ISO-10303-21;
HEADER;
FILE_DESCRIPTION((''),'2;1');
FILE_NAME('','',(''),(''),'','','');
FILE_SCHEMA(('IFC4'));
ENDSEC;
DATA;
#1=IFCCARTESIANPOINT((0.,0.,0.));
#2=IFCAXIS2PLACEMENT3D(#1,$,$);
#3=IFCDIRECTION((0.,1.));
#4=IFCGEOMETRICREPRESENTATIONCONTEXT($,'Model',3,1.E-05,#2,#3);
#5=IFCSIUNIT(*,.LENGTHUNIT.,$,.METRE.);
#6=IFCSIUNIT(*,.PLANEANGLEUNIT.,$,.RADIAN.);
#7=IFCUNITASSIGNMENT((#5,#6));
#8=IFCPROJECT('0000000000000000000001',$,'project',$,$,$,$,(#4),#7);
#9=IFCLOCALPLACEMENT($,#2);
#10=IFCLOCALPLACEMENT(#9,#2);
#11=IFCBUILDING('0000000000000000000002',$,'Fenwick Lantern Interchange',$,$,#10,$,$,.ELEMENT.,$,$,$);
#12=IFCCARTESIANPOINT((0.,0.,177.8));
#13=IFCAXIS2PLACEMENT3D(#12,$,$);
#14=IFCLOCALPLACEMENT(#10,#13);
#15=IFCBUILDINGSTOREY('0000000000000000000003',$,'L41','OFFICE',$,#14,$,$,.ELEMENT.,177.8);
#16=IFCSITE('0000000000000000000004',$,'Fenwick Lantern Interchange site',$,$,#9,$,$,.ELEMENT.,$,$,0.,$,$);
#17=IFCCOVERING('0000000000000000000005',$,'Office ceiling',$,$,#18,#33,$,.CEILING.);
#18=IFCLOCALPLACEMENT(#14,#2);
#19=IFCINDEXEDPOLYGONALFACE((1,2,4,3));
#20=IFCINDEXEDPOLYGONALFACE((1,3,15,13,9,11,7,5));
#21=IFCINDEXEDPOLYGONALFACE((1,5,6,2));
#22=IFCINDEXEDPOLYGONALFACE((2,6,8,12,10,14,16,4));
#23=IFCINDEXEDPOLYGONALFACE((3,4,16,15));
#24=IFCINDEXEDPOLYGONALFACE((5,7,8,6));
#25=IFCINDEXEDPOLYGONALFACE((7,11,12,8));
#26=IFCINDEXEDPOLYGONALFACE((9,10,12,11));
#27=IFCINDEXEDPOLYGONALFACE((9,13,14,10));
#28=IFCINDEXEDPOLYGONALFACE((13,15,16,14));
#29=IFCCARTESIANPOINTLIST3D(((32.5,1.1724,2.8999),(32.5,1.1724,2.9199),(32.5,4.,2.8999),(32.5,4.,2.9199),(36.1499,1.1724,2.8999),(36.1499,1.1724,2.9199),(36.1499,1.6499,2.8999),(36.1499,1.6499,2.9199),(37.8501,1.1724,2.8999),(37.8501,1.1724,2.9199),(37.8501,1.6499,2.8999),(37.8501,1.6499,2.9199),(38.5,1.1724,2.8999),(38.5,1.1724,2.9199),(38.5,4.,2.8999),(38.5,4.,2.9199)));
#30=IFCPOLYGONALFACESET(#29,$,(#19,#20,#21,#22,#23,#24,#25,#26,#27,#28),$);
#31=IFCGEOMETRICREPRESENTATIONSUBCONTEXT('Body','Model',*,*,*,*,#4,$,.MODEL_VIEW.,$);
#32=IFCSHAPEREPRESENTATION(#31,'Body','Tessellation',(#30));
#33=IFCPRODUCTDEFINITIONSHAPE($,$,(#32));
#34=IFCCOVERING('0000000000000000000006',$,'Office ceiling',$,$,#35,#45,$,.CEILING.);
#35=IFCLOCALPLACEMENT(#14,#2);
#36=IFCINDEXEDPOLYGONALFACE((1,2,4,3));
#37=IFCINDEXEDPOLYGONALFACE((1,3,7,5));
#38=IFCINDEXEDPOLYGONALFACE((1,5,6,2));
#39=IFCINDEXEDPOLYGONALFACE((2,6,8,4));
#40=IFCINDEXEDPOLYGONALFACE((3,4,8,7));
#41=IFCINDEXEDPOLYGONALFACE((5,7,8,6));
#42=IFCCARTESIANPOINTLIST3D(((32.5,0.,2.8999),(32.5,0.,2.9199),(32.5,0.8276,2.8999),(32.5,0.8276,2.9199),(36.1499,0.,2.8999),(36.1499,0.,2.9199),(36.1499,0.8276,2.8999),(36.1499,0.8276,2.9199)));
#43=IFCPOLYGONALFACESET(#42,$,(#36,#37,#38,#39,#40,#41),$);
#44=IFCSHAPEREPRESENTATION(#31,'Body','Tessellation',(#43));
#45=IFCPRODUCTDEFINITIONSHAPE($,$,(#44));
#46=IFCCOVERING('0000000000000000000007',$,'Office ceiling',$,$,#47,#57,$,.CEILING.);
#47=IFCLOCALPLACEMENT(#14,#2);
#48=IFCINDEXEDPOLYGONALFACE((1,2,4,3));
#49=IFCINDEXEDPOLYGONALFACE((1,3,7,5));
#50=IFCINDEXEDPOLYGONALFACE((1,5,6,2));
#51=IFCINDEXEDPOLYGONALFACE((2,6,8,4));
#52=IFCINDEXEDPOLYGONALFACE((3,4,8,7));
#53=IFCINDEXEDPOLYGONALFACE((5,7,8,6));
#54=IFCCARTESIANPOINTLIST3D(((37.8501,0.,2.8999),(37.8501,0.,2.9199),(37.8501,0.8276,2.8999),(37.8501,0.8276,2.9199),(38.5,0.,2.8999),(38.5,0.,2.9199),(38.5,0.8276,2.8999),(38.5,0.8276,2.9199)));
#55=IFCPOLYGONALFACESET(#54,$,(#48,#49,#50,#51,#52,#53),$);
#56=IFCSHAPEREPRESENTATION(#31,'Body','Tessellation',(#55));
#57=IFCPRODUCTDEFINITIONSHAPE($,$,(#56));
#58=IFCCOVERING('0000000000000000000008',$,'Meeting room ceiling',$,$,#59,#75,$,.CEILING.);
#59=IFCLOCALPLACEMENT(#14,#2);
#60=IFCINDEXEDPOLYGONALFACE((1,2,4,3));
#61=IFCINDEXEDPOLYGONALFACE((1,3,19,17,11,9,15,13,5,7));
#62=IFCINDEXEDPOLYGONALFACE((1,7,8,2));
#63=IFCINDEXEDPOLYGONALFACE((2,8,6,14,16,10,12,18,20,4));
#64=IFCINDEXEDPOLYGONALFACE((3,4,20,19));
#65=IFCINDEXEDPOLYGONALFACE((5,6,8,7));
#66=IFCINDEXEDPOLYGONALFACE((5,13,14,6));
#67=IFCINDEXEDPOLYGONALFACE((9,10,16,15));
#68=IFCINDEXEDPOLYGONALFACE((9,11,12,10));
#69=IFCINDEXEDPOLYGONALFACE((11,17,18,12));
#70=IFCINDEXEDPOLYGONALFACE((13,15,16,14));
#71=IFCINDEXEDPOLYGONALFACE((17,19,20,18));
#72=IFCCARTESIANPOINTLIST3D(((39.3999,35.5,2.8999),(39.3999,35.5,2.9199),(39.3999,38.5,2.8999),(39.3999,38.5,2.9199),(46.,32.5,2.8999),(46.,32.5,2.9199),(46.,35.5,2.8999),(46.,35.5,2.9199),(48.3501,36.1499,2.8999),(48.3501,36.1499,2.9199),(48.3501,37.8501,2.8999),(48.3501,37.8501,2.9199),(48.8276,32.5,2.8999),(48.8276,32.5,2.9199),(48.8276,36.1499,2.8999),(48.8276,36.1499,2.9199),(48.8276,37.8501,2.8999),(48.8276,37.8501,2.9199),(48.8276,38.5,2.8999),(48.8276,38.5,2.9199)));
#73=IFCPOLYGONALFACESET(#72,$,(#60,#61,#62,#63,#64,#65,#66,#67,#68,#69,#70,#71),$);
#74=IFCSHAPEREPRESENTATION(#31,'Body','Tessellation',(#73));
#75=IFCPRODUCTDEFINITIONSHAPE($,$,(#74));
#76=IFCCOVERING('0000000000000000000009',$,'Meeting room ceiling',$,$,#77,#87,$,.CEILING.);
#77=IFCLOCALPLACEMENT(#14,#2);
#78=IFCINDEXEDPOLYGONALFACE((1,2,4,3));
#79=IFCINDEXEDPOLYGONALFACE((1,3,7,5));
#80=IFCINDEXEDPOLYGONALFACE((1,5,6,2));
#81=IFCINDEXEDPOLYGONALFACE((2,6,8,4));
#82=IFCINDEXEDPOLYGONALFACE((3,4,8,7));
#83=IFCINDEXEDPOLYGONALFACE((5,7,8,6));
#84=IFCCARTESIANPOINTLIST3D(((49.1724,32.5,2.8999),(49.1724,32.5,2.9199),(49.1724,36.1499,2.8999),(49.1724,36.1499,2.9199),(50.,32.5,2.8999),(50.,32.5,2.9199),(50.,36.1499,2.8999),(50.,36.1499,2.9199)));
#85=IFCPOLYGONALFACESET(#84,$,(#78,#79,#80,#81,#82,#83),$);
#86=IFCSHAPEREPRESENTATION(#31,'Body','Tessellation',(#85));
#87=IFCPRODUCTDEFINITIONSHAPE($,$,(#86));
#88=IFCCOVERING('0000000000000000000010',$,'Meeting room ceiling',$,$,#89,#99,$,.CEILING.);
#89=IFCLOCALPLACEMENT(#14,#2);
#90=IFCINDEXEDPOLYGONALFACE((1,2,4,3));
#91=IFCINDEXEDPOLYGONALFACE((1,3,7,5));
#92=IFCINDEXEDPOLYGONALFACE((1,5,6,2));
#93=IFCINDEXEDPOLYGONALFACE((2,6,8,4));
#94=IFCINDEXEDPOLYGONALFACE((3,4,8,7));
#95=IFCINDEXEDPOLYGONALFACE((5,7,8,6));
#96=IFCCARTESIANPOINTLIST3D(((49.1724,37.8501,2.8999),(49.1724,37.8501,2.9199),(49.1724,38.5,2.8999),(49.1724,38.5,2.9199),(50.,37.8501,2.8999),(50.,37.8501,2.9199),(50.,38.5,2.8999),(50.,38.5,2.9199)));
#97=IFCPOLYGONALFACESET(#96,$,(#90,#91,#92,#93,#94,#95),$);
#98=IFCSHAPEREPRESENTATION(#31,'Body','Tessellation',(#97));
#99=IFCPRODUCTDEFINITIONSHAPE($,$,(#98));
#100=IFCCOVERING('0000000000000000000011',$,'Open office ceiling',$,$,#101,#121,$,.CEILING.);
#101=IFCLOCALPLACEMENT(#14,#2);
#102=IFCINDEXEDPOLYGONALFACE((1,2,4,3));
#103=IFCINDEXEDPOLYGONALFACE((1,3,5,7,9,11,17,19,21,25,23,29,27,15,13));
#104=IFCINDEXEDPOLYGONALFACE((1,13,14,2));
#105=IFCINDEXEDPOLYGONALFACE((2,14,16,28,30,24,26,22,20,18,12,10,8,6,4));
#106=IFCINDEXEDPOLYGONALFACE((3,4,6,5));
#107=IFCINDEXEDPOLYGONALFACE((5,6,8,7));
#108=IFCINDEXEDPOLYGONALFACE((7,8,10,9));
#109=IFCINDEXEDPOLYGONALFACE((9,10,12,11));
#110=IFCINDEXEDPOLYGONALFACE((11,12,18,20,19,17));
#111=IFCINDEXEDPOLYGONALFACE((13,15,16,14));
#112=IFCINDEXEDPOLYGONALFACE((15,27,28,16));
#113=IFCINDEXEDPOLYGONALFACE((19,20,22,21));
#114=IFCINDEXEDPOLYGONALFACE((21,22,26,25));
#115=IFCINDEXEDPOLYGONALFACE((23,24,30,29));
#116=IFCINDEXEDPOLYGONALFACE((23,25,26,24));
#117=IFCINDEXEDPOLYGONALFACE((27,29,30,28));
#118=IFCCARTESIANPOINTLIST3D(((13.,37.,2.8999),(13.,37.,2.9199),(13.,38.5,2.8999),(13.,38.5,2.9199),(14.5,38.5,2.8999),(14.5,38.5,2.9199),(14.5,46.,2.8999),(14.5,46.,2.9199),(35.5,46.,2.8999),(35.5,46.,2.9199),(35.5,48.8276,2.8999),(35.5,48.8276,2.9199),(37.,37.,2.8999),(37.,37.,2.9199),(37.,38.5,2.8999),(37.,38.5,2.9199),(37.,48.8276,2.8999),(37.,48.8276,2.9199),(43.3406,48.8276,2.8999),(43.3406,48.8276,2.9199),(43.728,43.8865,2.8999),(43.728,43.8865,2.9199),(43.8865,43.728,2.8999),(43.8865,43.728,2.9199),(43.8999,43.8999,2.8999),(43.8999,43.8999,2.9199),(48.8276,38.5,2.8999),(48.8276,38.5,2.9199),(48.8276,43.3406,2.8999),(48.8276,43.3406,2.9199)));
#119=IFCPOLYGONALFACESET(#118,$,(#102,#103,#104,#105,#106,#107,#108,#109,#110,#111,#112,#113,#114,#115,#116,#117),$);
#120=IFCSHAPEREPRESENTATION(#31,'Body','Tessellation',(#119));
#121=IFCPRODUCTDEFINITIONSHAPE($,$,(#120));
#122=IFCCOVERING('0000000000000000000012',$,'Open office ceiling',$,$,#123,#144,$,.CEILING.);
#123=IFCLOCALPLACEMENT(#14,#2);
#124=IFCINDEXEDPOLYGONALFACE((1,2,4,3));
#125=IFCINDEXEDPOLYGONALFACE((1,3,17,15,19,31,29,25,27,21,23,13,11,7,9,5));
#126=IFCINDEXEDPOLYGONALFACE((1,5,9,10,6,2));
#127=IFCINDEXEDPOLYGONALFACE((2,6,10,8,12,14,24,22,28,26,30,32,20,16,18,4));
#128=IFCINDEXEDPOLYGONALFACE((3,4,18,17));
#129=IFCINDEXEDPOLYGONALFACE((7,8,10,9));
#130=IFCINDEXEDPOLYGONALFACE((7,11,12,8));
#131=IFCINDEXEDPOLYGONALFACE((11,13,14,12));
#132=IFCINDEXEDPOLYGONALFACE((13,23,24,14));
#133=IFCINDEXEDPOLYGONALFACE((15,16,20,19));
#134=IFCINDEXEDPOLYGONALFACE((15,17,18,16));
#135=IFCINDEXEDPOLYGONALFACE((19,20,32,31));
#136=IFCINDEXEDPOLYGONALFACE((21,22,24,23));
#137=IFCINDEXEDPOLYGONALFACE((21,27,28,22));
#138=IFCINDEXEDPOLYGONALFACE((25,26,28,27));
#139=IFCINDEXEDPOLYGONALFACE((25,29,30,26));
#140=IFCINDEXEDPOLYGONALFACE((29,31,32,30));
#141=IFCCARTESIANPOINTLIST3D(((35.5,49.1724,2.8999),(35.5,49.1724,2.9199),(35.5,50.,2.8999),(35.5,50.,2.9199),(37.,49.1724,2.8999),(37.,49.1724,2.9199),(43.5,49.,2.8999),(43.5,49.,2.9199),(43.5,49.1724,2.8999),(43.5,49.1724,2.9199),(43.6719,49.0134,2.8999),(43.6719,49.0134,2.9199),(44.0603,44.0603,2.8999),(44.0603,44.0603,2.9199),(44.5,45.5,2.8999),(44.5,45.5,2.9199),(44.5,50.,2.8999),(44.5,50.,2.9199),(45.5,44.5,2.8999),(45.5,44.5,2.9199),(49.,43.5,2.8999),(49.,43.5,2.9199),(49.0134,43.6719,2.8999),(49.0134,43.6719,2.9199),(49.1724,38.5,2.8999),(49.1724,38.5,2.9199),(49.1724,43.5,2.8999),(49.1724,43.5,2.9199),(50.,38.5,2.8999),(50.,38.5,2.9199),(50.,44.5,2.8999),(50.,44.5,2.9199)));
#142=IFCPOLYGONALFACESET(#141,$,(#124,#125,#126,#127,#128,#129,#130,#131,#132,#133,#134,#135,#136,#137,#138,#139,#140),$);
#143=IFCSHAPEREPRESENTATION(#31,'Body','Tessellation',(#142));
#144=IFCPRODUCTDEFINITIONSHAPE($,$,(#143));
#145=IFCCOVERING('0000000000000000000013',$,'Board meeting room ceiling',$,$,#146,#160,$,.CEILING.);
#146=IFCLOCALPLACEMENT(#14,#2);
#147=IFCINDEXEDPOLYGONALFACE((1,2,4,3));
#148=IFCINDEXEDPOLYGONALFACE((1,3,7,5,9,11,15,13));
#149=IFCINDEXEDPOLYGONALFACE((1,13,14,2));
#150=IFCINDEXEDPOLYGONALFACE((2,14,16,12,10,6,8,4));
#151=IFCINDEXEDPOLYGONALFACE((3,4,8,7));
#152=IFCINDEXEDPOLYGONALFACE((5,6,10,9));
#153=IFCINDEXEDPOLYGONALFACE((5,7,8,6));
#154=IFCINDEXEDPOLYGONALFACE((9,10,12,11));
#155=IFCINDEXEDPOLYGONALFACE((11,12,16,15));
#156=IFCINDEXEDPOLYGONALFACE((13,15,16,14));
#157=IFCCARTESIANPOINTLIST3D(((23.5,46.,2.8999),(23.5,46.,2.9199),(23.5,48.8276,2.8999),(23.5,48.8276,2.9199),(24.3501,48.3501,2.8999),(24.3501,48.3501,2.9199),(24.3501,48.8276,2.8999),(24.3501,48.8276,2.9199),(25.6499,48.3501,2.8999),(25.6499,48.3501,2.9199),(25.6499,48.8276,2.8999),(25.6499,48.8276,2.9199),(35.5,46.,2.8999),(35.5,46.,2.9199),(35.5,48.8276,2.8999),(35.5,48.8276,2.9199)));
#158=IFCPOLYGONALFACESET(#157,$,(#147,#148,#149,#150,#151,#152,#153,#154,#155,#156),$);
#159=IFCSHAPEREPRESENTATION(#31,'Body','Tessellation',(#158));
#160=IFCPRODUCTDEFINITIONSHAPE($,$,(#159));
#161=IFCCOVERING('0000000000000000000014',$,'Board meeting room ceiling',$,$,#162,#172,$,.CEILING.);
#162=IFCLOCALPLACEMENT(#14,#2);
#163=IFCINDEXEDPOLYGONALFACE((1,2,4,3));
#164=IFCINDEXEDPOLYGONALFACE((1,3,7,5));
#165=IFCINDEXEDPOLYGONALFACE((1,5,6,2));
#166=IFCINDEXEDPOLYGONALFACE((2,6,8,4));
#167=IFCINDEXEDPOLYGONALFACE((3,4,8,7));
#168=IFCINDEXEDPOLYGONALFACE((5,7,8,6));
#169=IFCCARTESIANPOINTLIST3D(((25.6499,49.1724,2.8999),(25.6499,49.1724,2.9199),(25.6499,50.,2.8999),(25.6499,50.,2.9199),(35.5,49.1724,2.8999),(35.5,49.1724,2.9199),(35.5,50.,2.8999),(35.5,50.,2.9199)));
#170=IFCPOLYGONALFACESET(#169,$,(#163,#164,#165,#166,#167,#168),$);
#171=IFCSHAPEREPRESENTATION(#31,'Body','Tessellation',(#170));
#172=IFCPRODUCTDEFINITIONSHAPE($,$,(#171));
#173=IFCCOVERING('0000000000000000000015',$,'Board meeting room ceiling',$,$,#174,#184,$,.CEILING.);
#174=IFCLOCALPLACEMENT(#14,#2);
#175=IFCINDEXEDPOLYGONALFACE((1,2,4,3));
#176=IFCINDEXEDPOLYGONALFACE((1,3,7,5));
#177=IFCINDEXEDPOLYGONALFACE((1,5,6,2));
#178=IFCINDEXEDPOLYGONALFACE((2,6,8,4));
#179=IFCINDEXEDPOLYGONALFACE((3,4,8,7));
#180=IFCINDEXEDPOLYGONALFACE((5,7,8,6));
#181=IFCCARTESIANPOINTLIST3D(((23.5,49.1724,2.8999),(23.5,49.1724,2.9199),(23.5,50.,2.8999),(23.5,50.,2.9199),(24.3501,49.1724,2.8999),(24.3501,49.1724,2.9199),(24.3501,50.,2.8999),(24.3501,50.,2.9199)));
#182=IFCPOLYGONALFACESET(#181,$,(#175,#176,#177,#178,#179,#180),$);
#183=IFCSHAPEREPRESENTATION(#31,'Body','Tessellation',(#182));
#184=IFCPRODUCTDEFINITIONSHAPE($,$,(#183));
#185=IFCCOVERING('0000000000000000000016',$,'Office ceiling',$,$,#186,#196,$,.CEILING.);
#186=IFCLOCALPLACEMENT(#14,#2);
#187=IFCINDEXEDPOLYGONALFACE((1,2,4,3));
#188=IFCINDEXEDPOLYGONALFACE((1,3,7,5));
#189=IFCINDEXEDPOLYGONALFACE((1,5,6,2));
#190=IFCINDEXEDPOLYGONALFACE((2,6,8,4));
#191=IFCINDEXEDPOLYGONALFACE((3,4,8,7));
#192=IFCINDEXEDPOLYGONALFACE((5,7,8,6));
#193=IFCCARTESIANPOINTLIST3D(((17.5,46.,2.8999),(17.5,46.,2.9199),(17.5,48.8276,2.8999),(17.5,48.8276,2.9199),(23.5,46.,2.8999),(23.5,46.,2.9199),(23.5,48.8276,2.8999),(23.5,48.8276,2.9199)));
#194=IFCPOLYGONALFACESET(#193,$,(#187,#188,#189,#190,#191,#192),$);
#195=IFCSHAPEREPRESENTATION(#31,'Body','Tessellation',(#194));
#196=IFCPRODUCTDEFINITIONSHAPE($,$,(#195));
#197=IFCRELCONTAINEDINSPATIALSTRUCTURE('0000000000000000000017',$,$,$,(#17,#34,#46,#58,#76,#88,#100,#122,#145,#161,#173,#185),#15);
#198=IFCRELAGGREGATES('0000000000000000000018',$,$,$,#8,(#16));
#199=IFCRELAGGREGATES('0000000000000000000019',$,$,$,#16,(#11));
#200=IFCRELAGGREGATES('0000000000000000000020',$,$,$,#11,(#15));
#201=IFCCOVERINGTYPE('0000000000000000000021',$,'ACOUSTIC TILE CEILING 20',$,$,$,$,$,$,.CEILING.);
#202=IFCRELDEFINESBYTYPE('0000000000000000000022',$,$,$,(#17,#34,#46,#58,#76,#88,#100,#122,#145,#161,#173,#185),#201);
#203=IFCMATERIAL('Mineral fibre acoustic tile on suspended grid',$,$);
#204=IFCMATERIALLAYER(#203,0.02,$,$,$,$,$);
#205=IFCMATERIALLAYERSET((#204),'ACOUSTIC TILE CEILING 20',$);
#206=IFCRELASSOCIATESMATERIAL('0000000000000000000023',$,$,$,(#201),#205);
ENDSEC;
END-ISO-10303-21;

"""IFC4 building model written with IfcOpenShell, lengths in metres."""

from ifc_helpers import new_model, si_unit, direction, frame, origin, place, context, subcontext, project, spatial, polyline, outline, extrude, material, layer, layer_set, type_object, element, save


model = new_model("IFC4")

# Units and contexts
model_context = context("Model", 3, precision=1e-05, world=origin(), true_north=direction((0.0, 1.0)))
body_context = subcontext(model_context, "Body", "Model", "MODEL_VIEW")
ifc_project = project(units=[si_unit("LENGTHUNIT", "METRE"), si_unit("PLANEANGLEUNIT", "RADIAN")], contexts=[model_context])

# Site, building, storey
site_placement = place(None, origin())
site = spatial("IfcSite", under=ifc_project, at=site_placement, Name="Fenwick Lantern Interchange site", CompositionType="ELEMENT", RefElevation=0.0)
building_placement = place(site_placement, origin())
building = spatial("IfcBuilding", under=site, at=building_placement, Name="Fenwick Lantern Interchange", CompositionType="ELEMENT")
storey_placement = place(building_placement, frame((0.0, 0.0, 177.8)))
storey = spatial("IfcBuildingStorey", under=building, at=storey_placement, Name="L41", Description="OFFICE", CompositionType="ELEMENT", Elevation=177.8)

# Coverings
ifc_material_1 = material(Name="Mineral fibre acoustic tile on suspended grid")
ifc_layer_1 = layer(ifc_material_1, 0.02)
ifc_layer_set_1 = layer_set([ifc_layer_1], Name="ACOUSTIC TILE CEILING 20")
covering_type_1 = type_object("IfcCoveringType", Name="ACOUSTIC TILE CEILING 20", PredefinedType="CEILING", material=ifc_layer_set_1)
covering_1_placement = place(storey_placement, frame((0.0, 0.0, 2.8999)))
element("IfcCovering", 1, at=covering_1_placement, inside=storey, type_object=covering_type_1, Name="Office ceiling", PredefinedType="CEILING", context=body_context, shape_type="SweptSolid", body=[
    extrude(outline(polyline([(32.5, 4.0), (32.5, 1.1724), (36.1499, 1.1724), (36.1499, 1.6499), (37.8501, 1.6499), (37.8501, 1.1724), (38.5, 1.1724), (38.5, 4.0), (32.5, 4.0)])), origin(), (0.0, 0.0, 1.0), 0.02),
])
covering_2_placement = place(storey_placement, frame((0.0, 0.0, 2.8999)))
element("IfcCovering", 2, at=covering_2_placement, inside=storey, type_object=covering_type_1, Name="Office ceiling", PredefinedType="CEILING", context=body_context, shape_type="SweptSolid", body=[
    extrude(outline(polyline([(32.5, 0.8276), (32.5, 0.0), (36.1499, 0.0), (36.1499, 0.8276), (32.5, 0.8276)])), origin(), (0.0, 0.0, 1.0), 0.02),
])
covering_3_placement = place(storey_placement, frame((0.0, 0.0, 2.8999)))
element("IfcCovering", 3, at=covering_3_placement, inside=storey, type_object=covering_type_1, Name="Office ceiling", PredefinedType="CEILING", context=body_context, shape_type="SweptSolid", body=[
    extrude(outline(polyline([(38.5, 0.0), (38.5, 0.8276), (37.8501, 0.8276), (37.8501, 0.0), (38.5, 0.0)])), origin(), (0.0, 0.0, 1.0), 0.02),
])
covering_4_placement = place(storey_placement, frame((0.0, 0.0, 2.8999)))
element("IfcCovering", 4, at=covering_4_placement, inside=storey, type_object=covering_type_1, Name="Meeting room ceiling", PredefinedType="CEILING", context=body_context, shape_type="SweptSolid", body=[
    extrude(outline(polyline([(48.3501, 37.8501), (48.8276, 37.8501), (48.8276, 38.5), (39.3999, 38.5), (39.3999, 35.5), (46.0, 35.5), (46.0, 32.5), (48.8276, 32.5), (48.8276, 36.1499), (48.3501, 36.1499), (48.3501, 37.8501)])), origin(), (0.0, 0.0, 1.0), 0.02),
])
covering_5_placement = place(storey_placement, frame((0.0, 0.0, 2.8999)))
element("IfcCovering", 5, at=covering_5_placement, inside=storey, type_object=covering_type_1, Name="Meeting room ceiling", PredefinedType="CEILING", context=body_context, shape_type="SweptSolid", body=[
    extrude(outline(polyline([(50.0, 36.1499), (49.1724, 36.1499), (49.1724, 32.5), (50.0, 32.5), (50.0, 36.1499)])), origin(), (0.0, 0.0, 1.0), 0.02),
])
covering_6_placement = place(storey_placement, frame((0.0, 0.0, 2.8999)))
element("IfcCovering", 6, at=covering_6_placement, inside=storey, type_object=covering_type_1, Name="Meeting room ceiling", PredefinedType="CEILING", context=body_context, shape_type="SweptSolid", body=[
    extrude(outline(polyline([(49.1724, 37.8501), (50.0, 37.8501), (50.0, 38.5), (49.1724, 38.5), (49.1724, 37.8501)])), origin(), (0.0, 0.0, 1.0), 0.02),
])
covering_7_placement = place(storey_placement, frame((0.0, 0.0, 2.8999)))
element("IfcCovering", 7, at=covering_7_placement, inside=storey, type_object=covering_type_1, Name="Open office ceiling", PredefinedType="CEILING", context=body_context, shape_type="SweptSolid", body=[
    extrude(outline(polyline([(37.0, 38.5), (48.8276, 38.5), (48.8276, 43.3406), (43.8865, 43.728), (43.8999, 43.8999), (43.728, 43.8865), (43.3406, 48.8276), (37.0, 48.8276), (35.5, 48.8276), (35.5, 46.0), (14.5, 46.0), (14.5, 38.5), (13.0, 38.5), (13.0, 37.0), (37.0, 37.0), (37.0, 38.5)])), origin(), (0.0, 0.0, 1.0), 0.02),
])
covering_8_placement = place(storey_placement, frame((0.0, 0.0, 2.8999)))
element("IfcCovering", 8, at=covering_8_placement, inside=storey, type_object=covering_type_1, Name="Open office ceiling", PredefinedType="CEILING", context=body_context, shape_type="SweptSolid", body=[
    extrude(outline(polyline([(49.1724, 38.5), (50.0, 38.5), (50.0, 44.5), (45.5, 44.5), (44.5, 45.5), (44.5, 50.0), (35.5, 50.0), (35.5, 49.1724), (37.0, 49.1724), (43.5, 49.1724), (43.5, 49.0), (43.6719, 49.0134), (44.0603, 44.0603), (49.0134, 43.6719), (49.0, 43.5), (49.1724, 43.5), (49.1724, 38.5)])), origin(), (0.0, 0.0, 1.0), 0.02),
])
covering_9_placement = place(storey_placement, frame((0.0, 0.0, 2.8999)))
element("IfcCovering", 9, at=covering_9_placement, inside=storey, type_object=covering_type_1, Name="Board meeting room ceiling", PredefinedType="CEILING", context=body_context, shape_type="SweptSolid", body=[
    extrude(outline(polyline([(23.5, 46.0), (35.5, 46.0), (35.5, 48.8276), (25.6499, 48.8276), (25.6499, 48.3501), (24.3501, 48.3501), (24.3501, 48.8276), (23.5, 48.8276), (23.5, 46.0)])), origin(), (0.0, 0.0, 1.0), 0.02),
])
covering_10_placement = place(storey_placement, frame((0.0, 0.0, 2.8999)))
element("IfcCovering", 10, at=covering_10_placement, inside=storey, type_object=covering_type_1, Name="Board meeting room ceiling", PredefinedType="CEILING", context=body_context, shape_type="SweptSolid", body=[
    extrude(outline(polyline([(25.6499, 50.0), (25.6499, 49.1724), (35.5, 49.1724), (35.5, 50.0), (25.6499, 50.0)])), origin(), (0.0, 0.0, 1.0), 0.02),
])
covering_11_placement = place(storey_placement, frame((0.0, 0.0, 2.8999)))
element("IfcCovering", 11, at=covering_11_placement, inside=storey, type_object=covering_type_1, Name="Board meeting room ceiling", PredefinedType="CEILING", context=body_context, shape_type="SweptSolid", body=[
    extrude(outline(polyline([(23.5, 50.0), (23.5, 49.1724), (24.3501, 49.1724), (24.3501, 50.0), (23.5, 50.0)])), origin(), (0.0, 0.0, 1.0), 0.02),
])
covering_12_placement = place(storey_placement, frame((0.0, 0.0, 2.8999)))
element("IfcCovering", 12, at=covering_12_placement, inside=storey, type_object=covering_type_1, Name="Office ceiling", PredefinedType="CEILING", context=body_context, shape_type="SweptSolid", body=[
    extrude(outline(polyline([(23.5, 46.0), (23.5, 48.8276), (17.5, 48.8276), (17.5, 46.0), (23.5, 46.0)])), origin(), (0.0, 0.0, 1.0), 0.02),
])

save(model, "model.ifc")
